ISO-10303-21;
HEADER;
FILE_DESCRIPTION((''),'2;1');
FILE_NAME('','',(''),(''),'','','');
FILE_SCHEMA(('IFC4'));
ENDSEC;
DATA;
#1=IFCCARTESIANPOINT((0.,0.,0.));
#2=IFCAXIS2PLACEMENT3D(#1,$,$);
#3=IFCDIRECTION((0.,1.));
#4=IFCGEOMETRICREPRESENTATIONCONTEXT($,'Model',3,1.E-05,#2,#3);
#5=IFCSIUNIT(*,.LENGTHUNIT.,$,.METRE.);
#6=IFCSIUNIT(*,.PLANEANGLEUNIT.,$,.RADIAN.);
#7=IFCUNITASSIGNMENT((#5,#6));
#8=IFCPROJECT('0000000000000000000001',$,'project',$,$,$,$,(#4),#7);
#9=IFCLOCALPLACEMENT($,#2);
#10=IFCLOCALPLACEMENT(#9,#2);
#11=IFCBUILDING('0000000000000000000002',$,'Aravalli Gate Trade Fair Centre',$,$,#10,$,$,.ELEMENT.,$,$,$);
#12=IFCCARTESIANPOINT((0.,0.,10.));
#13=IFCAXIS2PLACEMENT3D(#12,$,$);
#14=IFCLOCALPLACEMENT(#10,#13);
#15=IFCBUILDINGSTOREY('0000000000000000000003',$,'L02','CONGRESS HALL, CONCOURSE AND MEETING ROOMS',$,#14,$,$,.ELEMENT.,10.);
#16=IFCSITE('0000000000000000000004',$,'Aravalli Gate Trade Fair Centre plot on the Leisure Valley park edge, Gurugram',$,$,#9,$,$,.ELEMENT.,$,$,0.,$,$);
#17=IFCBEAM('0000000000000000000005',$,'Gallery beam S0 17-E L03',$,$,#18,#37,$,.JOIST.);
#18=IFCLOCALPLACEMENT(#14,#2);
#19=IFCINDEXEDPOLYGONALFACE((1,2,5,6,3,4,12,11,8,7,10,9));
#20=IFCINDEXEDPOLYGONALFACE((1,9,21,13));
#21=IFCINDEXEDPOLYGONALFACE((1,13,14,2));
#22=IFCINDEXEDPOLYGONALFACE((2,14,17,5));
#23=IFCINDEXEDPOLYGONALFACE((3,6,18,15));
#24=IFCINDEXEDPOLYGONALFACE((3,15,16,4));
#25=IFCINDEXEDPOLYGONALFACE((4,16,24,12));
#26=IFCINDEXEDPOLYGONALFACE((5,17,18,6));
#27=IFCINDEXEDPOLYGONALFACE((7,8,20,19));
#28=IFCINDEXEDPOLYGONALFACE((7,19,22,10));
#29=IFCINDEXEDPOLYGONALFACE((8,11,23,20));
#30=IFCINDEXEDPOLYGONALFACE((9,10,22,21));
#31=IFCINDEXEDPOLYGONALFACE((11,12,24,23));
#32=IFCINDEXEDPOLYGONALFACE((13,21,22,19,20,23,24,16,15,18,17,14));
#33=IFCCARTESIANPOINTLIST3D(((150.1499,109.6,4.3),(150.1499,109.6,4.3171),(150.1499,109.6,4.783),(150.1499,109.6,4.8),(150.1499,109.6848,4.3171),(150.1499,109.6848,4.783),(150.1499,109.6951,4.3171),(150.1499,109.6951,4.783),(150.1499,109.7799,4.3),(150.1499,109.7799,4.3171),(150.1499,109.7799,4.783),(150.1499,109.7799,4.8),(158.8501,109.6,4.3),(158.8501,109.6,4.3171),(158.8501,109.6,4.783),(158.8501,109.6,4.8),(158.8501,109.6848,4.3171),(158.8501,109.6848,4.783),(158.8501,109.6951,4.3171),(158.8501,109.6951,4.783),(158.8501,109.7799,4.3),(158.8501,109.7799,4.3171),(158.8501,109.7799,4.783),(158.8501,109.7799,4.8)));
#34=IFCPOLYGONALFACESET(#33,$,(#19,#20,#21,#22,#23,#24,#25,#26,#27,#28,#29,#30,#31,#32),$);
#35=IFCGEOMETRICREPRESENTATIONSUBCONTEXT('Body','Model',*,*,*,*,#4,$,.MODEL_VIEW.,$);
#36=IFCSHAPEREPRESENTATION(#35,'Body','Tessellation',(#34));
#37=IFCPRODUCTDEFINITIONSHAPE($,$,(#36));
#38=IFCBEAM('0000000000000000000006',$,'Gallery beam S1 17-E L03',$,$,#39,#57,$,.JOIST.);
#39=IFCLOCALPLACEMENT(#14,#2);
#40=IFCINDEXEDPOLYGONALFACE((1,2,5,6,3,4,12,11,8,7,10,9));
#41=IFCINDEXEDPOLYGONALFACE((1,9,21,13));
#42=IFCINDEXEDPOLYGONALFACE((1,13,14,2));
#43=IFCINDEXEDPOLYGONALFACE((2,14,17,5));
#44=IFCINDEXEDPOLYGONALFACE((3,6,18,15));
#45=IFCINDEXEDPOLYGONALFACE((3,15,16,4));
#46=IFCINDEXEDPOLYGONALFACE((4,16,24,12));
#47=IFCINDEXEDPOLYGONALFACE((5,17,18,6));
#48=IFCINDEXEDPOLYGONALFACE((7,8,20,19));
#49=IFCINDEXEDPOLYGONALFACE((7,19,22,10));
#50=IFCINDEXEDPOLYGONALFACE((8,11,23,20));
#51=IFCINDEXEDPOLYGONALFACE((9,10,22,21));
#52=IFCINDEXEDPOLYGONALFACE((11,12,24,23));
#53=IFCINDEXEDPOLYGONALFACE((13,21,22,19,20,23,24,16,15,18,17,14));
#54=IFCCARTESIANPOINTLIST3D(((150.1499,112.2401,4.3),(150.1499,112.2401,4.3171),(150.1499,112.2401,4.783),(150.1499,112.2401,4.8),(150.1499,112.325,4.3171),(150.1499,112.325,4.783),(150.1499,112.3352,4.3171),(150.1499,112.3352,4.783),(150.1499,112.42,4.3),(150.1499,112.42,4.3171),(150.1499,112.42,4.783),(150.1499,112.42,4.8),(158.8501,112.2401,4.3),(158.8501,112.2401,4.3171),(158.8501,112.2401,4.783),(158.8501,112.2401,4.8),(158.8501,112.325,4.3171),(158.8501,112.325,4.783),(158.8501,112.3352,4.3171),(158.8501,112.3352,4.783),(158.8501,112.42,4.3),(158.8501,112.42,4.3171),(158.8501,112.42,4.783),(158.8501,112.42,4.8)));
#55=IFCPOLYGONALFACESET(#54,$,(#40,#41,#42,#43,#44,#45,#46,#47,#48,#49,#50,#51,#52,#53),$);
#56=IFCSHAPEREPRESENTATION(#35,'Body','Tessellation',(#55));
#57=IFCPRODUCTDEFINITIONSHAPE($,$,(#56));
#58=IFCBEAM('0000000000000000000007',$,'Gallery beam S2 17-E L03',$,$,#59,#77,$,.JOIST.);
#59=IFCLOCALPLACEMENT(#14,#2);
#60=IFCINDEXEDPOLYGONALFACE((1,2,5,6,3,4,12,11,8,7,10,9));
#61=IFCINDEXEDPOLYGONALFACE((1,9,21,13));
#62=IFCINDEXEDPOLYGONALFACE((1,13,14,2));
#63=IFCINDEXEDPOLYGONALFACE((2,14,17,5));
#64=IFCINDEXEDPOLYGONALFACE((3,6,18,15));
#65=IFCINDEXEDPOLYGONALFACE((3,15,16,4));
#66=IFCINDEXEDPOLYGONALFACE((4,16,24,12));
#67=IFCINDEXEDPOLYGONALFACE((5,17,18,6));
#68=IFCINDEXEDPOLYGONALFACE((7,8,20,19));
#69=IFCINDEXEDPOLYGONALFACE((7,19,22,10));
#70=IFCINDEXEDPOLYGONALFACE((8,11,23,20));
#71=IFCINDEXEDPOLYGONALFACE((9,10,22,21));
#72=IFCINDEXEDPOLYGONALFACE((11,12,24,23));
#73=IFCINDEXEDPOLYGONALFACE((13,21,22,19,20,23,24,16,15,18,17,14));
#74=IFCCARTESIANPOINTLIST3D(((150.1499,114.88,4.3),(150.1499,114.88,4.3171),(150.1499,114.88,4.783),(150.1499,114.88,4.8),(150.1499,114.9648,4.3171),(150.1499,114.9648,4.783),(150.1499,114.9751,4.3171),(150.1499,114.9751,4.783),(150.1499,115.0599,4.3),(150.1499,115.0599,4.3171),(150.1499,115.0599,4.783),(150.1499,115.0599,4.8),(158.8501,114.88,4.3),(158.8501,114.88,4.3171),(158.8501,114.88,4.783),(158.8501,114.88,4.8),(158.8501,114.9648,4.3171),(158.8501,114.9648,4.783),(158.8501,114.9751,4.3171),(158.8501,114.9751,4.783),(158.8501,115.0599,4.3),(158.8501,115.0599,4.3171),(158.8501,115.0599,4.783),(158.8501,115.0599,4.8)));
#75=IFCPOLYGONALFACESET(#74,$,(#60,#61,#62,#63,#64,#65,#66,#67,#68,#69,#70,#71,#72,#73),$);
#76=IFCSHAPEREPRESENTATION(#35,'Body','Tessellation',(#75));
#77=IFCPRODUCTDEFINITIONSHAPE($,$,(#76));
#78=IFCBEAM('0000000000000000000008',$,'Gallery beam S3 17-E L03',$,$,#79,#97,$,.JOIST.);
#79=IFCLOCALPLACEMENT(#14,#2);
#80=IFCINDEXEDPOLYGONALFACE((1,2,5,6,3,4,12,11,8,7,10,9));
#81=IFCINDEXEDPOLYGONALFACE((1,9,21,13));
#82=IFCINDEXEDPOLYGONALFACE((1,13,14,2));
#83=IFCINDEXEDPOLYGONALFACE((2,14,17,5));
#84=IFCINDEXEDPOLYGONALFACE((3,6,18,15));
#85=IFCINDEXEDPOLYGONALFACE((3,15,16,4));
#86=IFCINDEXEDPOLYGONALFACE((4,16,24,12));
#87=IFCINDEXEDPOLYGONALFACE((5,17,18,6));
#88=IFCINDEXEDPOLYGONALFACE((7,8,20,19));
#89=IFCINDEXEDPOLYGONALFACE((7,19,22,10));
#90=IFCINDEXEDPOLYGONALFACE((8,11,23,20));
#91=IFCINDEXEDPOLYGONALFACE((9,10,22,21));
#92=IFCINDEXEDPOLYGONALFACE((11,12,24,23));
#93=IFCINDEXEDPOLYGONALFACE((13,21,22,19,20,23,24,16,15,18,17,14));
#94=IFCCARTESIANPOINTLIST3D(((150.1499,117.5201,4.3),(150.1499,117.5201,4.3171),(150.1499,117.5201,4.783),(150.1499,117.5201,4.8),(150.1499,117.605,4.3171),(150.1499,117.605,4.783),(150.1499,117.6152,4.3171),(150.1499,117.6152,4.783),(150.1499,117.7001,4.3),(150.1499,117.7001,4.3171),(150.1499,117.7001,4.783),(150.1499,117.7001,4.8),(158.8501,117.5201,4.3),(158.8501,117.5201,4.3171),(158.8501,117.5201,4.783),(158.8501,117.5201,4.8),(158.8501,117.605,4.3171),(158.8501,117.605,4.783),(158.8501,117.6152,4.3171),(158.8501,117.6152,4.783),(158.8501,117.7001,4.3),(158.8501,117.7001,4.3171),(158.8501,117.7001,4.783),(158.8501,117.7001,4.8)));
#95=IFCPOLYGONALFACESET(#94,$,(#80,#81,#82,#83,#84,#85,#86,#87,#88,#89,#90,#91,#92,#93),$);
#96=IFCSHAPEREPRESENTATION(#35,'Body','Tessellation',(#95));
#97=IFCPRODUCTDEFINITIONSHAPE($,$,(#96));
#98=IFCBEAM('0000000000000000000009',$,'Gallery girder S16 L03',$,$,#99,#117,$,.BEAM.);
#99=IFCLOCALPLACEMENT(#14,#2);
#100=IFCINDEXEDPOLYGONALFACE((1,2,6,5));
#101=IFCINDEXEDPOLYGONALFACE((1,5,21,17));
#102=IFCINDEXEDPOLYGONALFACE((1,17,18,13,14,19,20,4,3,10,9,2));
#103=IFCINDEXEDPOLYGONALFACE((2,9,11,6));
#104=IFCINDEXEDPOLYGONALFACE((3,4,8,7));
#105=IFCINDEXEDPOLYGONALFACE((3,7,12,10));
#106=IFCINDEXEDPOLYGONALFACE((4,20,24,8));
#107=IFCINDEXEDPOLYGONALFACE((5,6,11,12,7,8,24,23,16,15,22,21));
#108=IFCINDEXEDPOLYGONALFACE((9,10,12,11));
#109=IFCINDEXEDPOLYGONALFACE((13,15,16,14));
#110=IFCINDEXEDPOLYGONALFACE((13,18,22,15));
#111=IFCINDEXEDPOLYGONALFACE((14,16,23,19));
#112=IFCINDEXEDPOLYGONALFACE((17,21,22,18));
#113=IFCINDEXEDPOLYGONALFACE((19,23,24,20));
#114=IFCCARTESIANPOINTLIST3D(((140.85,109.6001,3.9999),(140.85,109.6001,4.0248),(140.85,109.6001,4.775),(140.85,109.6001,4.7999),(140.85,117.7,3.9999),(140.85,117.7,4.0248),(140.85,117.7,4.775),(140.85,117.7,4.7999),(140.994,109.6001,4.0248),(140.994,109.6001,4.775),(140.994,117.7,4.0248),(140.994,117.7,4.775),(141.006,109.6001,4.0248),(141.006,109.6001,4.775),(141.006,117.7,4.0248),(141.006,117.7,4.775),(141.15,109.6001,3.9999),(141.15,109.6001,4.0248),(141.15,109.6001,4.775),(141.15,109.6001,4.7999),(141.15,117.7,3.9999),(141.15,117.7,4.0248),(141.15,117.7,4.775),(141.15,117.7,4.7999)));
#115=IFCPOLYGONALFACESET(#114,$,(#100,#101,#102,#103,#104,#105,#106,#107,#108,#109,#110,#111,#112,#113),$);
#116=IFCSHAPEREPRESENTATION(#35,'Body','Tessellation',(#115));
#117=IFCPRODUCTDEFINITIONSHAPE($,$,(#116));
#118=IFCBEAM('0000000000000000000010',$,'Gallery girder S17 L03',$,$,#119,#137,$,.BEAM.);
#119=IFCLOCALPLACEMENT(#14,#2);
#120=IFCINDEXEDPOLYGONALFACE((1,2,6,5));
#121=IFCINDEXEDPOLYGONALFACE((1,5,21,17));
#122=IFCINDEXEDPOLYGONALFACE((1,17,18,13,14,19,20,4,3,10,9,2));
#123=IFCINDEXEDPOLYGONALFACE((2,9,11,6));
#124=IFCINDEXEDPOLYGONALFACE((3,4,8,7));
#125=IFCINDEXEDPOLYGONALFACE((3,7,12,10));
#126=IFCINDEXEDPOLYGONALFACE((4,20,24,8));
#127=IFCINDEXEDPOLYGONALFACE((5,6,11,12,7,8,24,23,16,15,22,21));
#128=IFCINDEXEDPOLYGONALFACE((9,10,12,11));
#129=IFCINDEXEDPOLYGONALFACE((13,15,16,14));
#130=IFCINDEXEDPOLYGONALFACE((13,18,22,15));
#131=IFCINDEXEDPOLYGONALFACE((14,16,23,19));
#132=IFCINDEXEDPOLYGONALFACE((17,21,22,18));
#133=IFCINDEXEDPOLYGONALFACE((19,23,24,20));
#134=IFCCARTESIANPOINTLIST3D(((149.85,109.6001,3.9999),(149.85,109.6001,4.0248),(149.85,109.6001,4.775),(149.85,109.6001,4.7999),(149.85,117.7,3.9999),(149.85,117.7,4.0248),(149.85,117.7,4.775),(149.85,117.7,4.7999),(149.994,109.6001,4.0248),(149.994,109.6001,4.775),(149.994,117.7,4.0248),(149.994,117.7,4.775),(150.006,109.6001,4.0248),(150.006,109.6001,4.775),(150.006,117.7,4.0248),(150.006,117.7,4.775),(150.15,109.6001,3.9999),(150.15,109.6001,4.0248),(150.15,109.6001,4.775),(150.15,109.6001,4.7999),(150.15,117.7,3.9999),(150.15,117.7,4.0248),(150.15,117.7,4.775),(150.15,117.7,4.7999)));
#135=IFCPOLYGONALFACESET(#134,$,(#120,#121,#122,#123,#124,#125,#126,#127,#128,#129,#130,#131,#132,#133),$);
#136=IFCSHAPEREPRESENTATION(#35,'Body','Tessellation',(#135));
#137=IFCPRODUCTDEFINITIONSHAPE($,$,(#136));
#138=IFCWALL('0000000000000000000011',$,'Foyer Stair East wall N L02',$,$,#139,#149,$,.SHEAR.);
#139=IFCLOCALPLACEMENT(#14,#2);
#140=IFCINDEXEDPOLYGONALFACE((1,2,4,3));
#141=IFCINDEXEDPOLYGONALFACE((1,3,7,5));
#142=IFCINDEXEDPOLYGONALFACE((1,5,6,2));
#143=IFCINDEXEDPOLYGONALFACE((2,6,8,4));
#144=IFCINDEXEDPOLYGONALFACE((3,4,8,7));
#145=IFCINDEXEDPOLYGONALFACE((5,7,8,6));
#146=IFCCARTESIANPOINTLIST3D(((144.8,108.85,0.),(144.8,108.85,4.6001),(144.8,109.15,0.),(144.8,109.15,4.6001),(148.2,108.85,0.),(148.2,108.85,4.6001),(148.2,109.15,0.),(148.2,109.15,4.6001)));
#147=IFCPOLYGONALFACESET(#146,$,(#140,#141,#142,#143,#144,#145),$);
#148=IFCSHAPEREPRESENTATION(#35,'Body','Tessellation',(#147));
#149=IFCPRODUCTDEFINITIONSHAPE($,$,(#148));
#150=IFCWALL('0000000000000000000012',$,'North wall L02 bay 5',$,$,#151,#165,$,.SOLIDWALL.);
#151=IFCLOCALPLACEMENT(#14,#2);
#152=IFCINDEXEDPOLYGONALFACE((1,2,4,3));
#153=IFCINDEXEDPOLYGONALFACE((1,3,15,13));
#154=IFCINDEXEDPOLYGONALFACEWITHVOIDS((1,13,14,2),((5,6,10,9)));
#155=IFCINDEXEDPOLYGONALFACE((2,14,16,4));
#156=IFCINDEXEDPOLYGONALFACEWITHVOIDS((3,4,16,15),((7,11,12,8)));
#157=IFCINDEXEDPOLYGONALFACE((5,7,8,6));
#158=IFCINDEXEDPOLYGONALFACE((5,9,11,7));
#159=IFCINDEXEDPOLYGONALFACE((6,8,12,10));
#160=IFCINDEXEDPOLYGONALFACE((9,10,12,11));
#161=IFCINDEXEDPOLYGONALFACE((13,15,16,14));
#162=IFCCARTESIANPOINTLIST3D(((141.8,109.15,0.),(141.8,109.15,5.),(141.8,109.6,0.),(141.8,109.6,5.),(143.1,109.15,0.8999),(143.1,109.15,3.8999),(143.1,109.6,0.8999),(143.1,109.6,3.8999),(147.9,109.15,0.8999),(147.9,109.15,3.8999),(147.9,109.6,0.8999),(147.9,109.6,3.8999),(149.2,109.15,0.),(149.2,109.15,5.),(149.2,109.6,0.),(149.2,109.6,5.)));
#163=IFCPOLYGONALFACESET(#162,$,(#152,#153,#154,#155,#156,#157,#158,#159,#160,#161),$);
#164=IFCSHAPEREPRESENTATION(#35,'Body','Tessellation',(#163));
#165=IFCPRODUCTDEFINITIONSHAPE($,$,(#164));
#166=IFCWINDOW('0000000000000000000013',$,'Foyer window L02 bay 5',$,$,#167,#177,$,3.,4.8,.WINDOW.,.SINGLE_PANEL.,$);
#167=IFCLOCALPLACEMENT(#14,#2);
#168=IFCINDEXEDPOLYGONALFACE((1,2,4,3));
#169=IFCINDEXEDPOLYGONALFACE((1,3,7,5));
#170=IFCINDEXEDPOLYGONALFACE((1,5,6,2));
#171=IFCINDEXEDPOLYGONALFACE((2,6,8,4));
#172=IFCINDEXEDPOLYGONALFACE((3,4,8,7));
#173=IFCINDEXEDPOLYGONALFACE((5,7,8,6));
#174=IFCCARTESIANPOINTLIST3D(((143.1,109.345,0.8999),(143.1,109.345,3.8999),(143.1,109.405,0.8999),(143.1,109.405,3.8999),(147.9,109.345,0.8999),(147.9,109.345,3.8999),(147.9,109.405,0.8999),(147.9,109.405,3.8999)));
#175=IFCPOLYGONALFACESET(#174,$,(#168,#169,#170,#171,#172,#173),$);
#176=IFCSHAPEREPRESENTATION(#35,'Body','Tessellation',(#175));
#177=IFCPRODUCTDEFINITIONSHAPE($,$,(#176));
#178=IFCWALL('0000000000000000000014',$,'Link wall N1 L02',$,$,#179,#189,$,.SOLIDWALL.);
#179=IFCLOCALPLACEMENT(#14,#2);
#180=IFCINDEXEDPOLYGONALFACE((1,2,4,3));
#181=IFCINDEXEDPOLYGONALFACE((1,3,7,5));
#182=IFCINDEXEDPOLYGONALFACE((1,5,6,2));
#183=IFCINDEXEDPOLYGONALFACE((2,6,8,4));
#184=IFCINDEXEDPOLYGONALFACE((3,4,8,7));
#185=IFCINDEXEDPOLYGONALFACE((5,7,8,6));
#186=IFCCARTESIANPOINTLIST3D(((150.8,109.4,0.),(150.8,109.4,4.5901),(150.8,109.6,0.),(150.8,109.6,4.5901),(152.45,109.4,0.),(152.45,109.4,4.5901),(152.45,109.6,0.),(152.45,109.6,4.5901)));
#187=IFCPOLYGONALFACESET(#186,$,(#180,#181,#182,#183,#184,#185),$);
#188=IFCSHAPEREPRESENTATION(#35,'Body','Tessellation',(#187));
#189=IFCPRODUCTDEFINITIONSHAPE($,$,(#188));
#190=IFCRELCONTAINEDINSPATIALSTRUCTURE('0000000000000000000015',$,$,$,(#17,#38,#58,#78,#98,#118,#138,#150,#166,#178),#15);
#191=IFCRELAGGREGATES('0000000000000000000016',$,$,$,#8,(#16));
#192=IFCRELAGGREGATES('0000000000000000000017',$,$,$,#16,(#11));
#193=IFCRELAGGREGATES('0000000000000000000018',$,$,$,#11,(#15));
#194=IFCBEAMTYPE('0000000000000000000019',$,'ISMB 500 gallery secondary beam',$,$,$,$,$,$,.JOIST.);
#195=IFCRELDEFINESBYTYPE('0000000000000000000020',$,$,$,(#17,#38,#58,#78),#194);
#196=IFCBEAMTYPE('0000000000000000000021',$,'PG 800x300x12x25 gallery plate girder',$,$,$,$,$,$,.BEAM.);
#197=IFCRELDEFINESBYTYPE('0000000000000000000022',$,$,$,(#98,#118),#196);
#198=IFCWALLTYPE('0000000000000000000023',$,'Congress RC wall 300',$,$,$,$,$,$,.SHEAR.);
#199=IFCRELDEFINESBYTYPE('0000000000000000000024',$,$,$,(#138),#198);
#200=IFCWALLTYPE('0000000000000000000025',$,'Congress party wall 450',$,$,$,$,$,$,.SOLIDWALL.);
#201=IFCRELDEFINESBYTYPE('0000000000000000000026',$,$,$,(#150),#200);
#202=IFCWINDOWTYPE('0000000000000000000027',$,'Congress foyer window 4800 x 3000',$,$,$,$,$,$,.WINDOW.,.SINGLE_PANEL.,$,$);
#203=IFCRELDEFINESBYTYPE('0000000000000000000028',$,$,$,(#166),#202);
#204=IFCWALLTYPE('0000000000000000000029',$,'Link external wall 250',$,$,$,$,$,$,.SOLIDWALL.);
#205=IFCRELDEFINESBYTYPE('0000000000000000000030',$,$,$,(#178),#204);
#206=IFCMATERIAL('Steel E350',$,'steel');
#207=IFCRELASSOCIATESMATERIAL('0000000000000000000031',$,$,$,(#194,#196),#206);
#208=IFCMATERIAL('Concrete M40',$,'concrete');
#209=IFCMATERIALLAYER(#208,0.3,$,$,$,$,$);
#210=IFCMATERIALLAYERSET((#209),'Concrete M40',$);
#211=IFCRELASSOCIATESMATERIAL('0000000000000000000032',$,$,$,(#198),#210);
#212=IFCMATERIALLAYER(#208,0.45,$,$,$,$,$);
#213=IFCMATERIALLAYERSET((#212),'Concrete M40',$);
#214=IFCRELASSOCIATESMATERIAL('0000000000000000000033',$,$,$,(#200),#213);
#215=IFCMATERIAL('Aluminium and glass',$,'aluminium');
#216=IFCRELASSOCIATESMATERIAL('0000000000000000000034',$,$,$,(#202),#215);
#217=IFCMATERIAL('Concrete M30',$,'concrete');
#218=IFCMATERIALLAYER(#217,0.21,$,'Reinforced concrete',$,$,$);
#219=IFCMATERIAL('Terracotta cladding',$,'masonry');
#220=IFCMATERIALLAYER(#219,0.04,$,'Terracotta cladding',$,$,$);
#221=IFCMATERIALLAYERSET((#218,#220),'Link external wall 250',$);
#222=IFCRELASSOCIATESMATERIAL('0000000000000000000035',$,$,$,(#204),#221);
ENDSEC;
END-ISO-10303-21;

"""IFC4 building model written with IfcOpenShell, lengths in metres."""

from ifc_helpers import new_model, si_unit, direction, frame, frame_2d, origin, origin_2d, place, context, subcontext, project, spatial, rectangle, i_section, extrude, material, layer, layer_set, material_profile, profile_set, type_object, element, fill, save


model = new_model("IFC4")

# Units and contexts
model_context = context("Model", 3, precision=1e-05, world=origin(), true_north=direction((0.0, 1.0)))
body_context = subcontext(model_context, "Body", "Model", "MODEL_VIEW")
ifc_project = project(units=[si_unit("LENGTHUNIT", "METRE"), si_unit("PLANEANGLEUNIT", "RADIAN")], contexts=[model_context])

# Site, building, storey
site_placement = place(None, origin())
site = spatial("IfcSite", under=ifc_project, at=site_placement, Name="Aravalli Gate Trade Fair Centre plot on the Leisure Valley park edge, Gurugram", CompositionType="ELEMENT", RefElevation=0.0)
building_placement = place(site_placement, origin())
building = spatial("IfcBuilding", under=site, at=building_placement, Name="Aravalli Gate Trade Fair Centre", CompositionType="ELEMENT")
storey_placement = place(building_placement, frame((0.0, 0.0, 10.0)))
storey = spatial("IfcBuildingStorey", under=building, at=storey_placement, Name="L02", Description="CONGRESS HALL, CONCOURSE AND MEETING ROOMS", CompositionType="ELEMENT", Elevation=10.0)

# Beams
ifc_material_1 = material(Name="Steel E350", Category="steel")
ifc_material_profile_1 = material_profile(ifc_material_1, i_section(OverallWidth=0.1799, OverallDepth=0.5, WebThickness=0.0103, FlangeThickness=0.0171, at=origin_2d()), Name="ISMB 500")
ifc_profile_set_1 = profile_set([ifc_material_profile_1], Name="Steel E350")
beam_type_1 = type_object("IfcBeamType", Name="ISMB 500 gallery secondary beam", PredefinedType="JOIST", material=ifc_profile_set_1)
for number, where, z_axis, x_axis, name in (
    (1, (150.1499, 109.6899, 4.55), (1.0, 0.0, 0.0), (0.0, 1.0, 0.0), "Gallery beam S0 17-E L03"),
    (2, (150.1499, 112.3301, 4.55), (1.0, 0.0, 0.0), (0.0, 1.0, 0.0), "Gallery beam S1 17-E L03"),
    (3, (150.1499, 114.97, 4.55), (1.0, 0.0, 0.0), (0.0, 1.0, 0.0), "Gallery beam S2 17-E L03"),
    (4, (150.1499, 117.6101, 4.55), (1.0, 0.0, 0.0), (0.0, 1.0, 0.0), "Gallery beam S3 17-E L03"),
):
    element("IfcBeam", number, at=place(storey_placement, frame(where, z_axis=z_axis, x_axis=x_axis)), inside=storey, type_object=beam_type_1, Name=name, PredefinedType="JOIST", context=body_context, shape_type="SweptSolid", body=[
        extrude(i_section(OverallWidth=0.1799, OverallDepth=0.5, WebThickness=0.0103, FlangeThickness=0.0171, at=origin_2d()), origin(), (0.0, 0.0, 1.0), 8.7002),
    ])
ifc_material_profile_2 = material_profile(ifc_material_1, i_section(OverallWidth=0.3, OverallDepth=0.8, WebThickness=0.012, FlangeThickness=0.0249, at=origin_2d()), Name="PG 800x300x12x25")
ifc_profile_set_2 = profile_set([ifc_material_profile_2], Name="Steel E350")
beam_type_2 = type_object("IfcBeamType", Name="PG 800x300x12x25 gallery plate girder", PredefinedType="BEAM", material=ifc_profile_set_2)
for number, where, z_axis, x_axis, name in (
    (5, (141.0, 109.6001, 4.3999), (0.0, 1.0, 0.0), (-1.0, 0.0, 0.0), "Gallery girder S16 L03"),
    (6, (150.0, 109.6001, 4.3999), (0.0, 1.0, 0.0), (-1.0, 0.0, 0.0), "Gallery girder S17 L03"),
):
    element("IfcBeam", number, at=place(storey_placement, frame(where, z_axis=z_axis, x_axis=x_axis)), inside=storey, type_object=beam_type_2, Name=name, PredefinedType="BEAM", context=body_context, shape_type="SweptSolid", body=[
        extrude(i_section(OverallWidth=0.3, OverallDepth=0.8, WebThickness=0.012, FlangeThickness=0.0249, at=origin_2d()), origin(), (0.0, 0.0, 1.0), 8.0999),
    ])

# Wall
ifc_material_2 = material(Name="Concrete M40", Category="concrete")
ifc_layer_1 = layer(ifc_material_2, 0.3)
ifc_layer_set_1 = layer_set([ifc_layer_1], Name="Concrete M40")
wall_type_1 = type_object("IfcWallType", Name="Congress RC wall 300", PredefinedType="SHEAR", material=ifc_layer_set_1)
wall_1_placement = place(storey_placement, frame((144.8, 109.0, 0.0), z_axis=(0.0, 0.0, 1.0), x_axis=(1.0, 0.0, 0.0)))
element("IfcWall", 7, at=wall_1_placement, inside=storey, type_object=wall_type_1, Name="Foyer Stair East wall N L02", PredefinedType="SHEAR", context=body_context, shape_type="SweptSolid", body=[
    extrude(rectangle(XDim=3.3999, YDim=0.3, at=frame_2d((1.7, 0.0))), origin(), (0.0, 0.0, 1.0), 4.6001),
])

# Shared definitions
ifc_layer_2 = layer(ifc_material_2, 0.45)
ifc_layer_set_2 = layer_set([ifc_layer_2], Name="Concrete M40")
wall_type_2 = type_object("IfcWallType", Name="Congress party wall 450", PredefinedType="SOLIDWALL", material=ifc_layer_set_2)
ifc_material_3 = material(Name="Aluminium and glass", Category="aluminium")

# Wall, opening, window
wall_2_placement = place(storey_placement, frame((141.8, 109.375, 0.0), z_axis=(0.0, 0.0, 1.0), x_axis=(1.0, 0.0, 0.0)))
wall_2 = element("IfcWall", 8, at=wall_2_placement, inside=storey, type_object=wall_type_2, Name="North wall L02 bay 5", PredefinedType="SOLIDWALL", context=body_context, shape_type="SweptSolid", body=[
    extrude(rectangle(XDim=7.3999, YDim=0.45, at=frame_2d((3.7, 0.0))), origin(), (0.0, 0.0, 1.0), 5.0),
])
opening_1_placement = place(wall_2_placement, frame((1.3, 0.0, 0.8999)))
opening_1 = element("IfcOpeningElement", 9, at=opening_1_placement, cuts=wall_2, PredefinedType="OPENING", context=body_context, shape_type="SweptSolid", body=[
    extrude(rectangle(XDim=4.8, YDim=3.0, at=frame_2d((2.3999, 1.5))), frame((0.0, 0.2349, 0.0), z_axis=(0.0, -1.0, 0.0), x_axis=(1.0, 0.0, 0.0)), (0.0, 0.0, 1.0), 0.47),
])
window_type = type_object("IfcWindowType", Name="Congress foyer window 4800 x 3000", PartitioningType="SINGLE_PANEL", PredefinedType="WINDOW", material=ifc_material_3)
window_placement = place(opening_1_placement, origin())
window = element("IfcWindow", 10, at=window_placement, inside=storey, type_object=window_type, Name="Foyer window L02 bay 5", OverallHeight=3.0, OverallWidth=4.8, PartitioningType="SINGLE_PANEL", PredefinedType="WINDOW", context=body_context, shape_type="SweptSolid", body=[
    extrude(rectangle(XDim=4.8, YDim=3.0, at=frame_2d((2.3999, 1.5))), frame((0.0, 0.03, 0.0), z_axis=(0.0, -1.0, 0.0), x_axis=(1.0, 0.0, 0.0)), (0.0, 0.0, 1.0), 0.0601),
])
fill(opening_1, window)

# Wall
ifc_material_4 = material(Name="Concrete M30", Category="concrete")
ifc_layer_3 = layer(ifc_material_4, 0.21, Name="Reinforced concrete")
ifc_material_5 = material(Name="Terracotta cladding", Category="masonry")
ifc_layer_4 = layer(ifc_material_5, 0.04, Name="Terracotta cladding")
ifc_layer_set_3 = layer_set([ifc_layer_3, ifc_layer_4], Name="Link external wall 250")
wall_type_3 = type_object("IfcWallType", Name="Link external wall 250", PredefinedType="SOLIDWALL", material=ifc_layer_set_3)
wall_3_placement = place(storey_placement, frame((150.8, 109.5, 0.0), z_axis=(0.0, 0.0, 1.0), x_axis=(1.0, 0.0, 0.0)))
element("IfcWall", 11, at=wall_3_placement, inside=storey, type_object=wall_type_3, Name="Link wall N1 L02", PredefinedType="SOLIDWALL", context=body_context, shape_type="SweptSolid", body=[
    extrude(rectangle(XDim=1.6499, YDim=0.2, at=frame_2d((0.825, 0.0))), origin(), (0.0, 0.0, 1.0), 4.5901),
])

save(model, "model.ifc")
